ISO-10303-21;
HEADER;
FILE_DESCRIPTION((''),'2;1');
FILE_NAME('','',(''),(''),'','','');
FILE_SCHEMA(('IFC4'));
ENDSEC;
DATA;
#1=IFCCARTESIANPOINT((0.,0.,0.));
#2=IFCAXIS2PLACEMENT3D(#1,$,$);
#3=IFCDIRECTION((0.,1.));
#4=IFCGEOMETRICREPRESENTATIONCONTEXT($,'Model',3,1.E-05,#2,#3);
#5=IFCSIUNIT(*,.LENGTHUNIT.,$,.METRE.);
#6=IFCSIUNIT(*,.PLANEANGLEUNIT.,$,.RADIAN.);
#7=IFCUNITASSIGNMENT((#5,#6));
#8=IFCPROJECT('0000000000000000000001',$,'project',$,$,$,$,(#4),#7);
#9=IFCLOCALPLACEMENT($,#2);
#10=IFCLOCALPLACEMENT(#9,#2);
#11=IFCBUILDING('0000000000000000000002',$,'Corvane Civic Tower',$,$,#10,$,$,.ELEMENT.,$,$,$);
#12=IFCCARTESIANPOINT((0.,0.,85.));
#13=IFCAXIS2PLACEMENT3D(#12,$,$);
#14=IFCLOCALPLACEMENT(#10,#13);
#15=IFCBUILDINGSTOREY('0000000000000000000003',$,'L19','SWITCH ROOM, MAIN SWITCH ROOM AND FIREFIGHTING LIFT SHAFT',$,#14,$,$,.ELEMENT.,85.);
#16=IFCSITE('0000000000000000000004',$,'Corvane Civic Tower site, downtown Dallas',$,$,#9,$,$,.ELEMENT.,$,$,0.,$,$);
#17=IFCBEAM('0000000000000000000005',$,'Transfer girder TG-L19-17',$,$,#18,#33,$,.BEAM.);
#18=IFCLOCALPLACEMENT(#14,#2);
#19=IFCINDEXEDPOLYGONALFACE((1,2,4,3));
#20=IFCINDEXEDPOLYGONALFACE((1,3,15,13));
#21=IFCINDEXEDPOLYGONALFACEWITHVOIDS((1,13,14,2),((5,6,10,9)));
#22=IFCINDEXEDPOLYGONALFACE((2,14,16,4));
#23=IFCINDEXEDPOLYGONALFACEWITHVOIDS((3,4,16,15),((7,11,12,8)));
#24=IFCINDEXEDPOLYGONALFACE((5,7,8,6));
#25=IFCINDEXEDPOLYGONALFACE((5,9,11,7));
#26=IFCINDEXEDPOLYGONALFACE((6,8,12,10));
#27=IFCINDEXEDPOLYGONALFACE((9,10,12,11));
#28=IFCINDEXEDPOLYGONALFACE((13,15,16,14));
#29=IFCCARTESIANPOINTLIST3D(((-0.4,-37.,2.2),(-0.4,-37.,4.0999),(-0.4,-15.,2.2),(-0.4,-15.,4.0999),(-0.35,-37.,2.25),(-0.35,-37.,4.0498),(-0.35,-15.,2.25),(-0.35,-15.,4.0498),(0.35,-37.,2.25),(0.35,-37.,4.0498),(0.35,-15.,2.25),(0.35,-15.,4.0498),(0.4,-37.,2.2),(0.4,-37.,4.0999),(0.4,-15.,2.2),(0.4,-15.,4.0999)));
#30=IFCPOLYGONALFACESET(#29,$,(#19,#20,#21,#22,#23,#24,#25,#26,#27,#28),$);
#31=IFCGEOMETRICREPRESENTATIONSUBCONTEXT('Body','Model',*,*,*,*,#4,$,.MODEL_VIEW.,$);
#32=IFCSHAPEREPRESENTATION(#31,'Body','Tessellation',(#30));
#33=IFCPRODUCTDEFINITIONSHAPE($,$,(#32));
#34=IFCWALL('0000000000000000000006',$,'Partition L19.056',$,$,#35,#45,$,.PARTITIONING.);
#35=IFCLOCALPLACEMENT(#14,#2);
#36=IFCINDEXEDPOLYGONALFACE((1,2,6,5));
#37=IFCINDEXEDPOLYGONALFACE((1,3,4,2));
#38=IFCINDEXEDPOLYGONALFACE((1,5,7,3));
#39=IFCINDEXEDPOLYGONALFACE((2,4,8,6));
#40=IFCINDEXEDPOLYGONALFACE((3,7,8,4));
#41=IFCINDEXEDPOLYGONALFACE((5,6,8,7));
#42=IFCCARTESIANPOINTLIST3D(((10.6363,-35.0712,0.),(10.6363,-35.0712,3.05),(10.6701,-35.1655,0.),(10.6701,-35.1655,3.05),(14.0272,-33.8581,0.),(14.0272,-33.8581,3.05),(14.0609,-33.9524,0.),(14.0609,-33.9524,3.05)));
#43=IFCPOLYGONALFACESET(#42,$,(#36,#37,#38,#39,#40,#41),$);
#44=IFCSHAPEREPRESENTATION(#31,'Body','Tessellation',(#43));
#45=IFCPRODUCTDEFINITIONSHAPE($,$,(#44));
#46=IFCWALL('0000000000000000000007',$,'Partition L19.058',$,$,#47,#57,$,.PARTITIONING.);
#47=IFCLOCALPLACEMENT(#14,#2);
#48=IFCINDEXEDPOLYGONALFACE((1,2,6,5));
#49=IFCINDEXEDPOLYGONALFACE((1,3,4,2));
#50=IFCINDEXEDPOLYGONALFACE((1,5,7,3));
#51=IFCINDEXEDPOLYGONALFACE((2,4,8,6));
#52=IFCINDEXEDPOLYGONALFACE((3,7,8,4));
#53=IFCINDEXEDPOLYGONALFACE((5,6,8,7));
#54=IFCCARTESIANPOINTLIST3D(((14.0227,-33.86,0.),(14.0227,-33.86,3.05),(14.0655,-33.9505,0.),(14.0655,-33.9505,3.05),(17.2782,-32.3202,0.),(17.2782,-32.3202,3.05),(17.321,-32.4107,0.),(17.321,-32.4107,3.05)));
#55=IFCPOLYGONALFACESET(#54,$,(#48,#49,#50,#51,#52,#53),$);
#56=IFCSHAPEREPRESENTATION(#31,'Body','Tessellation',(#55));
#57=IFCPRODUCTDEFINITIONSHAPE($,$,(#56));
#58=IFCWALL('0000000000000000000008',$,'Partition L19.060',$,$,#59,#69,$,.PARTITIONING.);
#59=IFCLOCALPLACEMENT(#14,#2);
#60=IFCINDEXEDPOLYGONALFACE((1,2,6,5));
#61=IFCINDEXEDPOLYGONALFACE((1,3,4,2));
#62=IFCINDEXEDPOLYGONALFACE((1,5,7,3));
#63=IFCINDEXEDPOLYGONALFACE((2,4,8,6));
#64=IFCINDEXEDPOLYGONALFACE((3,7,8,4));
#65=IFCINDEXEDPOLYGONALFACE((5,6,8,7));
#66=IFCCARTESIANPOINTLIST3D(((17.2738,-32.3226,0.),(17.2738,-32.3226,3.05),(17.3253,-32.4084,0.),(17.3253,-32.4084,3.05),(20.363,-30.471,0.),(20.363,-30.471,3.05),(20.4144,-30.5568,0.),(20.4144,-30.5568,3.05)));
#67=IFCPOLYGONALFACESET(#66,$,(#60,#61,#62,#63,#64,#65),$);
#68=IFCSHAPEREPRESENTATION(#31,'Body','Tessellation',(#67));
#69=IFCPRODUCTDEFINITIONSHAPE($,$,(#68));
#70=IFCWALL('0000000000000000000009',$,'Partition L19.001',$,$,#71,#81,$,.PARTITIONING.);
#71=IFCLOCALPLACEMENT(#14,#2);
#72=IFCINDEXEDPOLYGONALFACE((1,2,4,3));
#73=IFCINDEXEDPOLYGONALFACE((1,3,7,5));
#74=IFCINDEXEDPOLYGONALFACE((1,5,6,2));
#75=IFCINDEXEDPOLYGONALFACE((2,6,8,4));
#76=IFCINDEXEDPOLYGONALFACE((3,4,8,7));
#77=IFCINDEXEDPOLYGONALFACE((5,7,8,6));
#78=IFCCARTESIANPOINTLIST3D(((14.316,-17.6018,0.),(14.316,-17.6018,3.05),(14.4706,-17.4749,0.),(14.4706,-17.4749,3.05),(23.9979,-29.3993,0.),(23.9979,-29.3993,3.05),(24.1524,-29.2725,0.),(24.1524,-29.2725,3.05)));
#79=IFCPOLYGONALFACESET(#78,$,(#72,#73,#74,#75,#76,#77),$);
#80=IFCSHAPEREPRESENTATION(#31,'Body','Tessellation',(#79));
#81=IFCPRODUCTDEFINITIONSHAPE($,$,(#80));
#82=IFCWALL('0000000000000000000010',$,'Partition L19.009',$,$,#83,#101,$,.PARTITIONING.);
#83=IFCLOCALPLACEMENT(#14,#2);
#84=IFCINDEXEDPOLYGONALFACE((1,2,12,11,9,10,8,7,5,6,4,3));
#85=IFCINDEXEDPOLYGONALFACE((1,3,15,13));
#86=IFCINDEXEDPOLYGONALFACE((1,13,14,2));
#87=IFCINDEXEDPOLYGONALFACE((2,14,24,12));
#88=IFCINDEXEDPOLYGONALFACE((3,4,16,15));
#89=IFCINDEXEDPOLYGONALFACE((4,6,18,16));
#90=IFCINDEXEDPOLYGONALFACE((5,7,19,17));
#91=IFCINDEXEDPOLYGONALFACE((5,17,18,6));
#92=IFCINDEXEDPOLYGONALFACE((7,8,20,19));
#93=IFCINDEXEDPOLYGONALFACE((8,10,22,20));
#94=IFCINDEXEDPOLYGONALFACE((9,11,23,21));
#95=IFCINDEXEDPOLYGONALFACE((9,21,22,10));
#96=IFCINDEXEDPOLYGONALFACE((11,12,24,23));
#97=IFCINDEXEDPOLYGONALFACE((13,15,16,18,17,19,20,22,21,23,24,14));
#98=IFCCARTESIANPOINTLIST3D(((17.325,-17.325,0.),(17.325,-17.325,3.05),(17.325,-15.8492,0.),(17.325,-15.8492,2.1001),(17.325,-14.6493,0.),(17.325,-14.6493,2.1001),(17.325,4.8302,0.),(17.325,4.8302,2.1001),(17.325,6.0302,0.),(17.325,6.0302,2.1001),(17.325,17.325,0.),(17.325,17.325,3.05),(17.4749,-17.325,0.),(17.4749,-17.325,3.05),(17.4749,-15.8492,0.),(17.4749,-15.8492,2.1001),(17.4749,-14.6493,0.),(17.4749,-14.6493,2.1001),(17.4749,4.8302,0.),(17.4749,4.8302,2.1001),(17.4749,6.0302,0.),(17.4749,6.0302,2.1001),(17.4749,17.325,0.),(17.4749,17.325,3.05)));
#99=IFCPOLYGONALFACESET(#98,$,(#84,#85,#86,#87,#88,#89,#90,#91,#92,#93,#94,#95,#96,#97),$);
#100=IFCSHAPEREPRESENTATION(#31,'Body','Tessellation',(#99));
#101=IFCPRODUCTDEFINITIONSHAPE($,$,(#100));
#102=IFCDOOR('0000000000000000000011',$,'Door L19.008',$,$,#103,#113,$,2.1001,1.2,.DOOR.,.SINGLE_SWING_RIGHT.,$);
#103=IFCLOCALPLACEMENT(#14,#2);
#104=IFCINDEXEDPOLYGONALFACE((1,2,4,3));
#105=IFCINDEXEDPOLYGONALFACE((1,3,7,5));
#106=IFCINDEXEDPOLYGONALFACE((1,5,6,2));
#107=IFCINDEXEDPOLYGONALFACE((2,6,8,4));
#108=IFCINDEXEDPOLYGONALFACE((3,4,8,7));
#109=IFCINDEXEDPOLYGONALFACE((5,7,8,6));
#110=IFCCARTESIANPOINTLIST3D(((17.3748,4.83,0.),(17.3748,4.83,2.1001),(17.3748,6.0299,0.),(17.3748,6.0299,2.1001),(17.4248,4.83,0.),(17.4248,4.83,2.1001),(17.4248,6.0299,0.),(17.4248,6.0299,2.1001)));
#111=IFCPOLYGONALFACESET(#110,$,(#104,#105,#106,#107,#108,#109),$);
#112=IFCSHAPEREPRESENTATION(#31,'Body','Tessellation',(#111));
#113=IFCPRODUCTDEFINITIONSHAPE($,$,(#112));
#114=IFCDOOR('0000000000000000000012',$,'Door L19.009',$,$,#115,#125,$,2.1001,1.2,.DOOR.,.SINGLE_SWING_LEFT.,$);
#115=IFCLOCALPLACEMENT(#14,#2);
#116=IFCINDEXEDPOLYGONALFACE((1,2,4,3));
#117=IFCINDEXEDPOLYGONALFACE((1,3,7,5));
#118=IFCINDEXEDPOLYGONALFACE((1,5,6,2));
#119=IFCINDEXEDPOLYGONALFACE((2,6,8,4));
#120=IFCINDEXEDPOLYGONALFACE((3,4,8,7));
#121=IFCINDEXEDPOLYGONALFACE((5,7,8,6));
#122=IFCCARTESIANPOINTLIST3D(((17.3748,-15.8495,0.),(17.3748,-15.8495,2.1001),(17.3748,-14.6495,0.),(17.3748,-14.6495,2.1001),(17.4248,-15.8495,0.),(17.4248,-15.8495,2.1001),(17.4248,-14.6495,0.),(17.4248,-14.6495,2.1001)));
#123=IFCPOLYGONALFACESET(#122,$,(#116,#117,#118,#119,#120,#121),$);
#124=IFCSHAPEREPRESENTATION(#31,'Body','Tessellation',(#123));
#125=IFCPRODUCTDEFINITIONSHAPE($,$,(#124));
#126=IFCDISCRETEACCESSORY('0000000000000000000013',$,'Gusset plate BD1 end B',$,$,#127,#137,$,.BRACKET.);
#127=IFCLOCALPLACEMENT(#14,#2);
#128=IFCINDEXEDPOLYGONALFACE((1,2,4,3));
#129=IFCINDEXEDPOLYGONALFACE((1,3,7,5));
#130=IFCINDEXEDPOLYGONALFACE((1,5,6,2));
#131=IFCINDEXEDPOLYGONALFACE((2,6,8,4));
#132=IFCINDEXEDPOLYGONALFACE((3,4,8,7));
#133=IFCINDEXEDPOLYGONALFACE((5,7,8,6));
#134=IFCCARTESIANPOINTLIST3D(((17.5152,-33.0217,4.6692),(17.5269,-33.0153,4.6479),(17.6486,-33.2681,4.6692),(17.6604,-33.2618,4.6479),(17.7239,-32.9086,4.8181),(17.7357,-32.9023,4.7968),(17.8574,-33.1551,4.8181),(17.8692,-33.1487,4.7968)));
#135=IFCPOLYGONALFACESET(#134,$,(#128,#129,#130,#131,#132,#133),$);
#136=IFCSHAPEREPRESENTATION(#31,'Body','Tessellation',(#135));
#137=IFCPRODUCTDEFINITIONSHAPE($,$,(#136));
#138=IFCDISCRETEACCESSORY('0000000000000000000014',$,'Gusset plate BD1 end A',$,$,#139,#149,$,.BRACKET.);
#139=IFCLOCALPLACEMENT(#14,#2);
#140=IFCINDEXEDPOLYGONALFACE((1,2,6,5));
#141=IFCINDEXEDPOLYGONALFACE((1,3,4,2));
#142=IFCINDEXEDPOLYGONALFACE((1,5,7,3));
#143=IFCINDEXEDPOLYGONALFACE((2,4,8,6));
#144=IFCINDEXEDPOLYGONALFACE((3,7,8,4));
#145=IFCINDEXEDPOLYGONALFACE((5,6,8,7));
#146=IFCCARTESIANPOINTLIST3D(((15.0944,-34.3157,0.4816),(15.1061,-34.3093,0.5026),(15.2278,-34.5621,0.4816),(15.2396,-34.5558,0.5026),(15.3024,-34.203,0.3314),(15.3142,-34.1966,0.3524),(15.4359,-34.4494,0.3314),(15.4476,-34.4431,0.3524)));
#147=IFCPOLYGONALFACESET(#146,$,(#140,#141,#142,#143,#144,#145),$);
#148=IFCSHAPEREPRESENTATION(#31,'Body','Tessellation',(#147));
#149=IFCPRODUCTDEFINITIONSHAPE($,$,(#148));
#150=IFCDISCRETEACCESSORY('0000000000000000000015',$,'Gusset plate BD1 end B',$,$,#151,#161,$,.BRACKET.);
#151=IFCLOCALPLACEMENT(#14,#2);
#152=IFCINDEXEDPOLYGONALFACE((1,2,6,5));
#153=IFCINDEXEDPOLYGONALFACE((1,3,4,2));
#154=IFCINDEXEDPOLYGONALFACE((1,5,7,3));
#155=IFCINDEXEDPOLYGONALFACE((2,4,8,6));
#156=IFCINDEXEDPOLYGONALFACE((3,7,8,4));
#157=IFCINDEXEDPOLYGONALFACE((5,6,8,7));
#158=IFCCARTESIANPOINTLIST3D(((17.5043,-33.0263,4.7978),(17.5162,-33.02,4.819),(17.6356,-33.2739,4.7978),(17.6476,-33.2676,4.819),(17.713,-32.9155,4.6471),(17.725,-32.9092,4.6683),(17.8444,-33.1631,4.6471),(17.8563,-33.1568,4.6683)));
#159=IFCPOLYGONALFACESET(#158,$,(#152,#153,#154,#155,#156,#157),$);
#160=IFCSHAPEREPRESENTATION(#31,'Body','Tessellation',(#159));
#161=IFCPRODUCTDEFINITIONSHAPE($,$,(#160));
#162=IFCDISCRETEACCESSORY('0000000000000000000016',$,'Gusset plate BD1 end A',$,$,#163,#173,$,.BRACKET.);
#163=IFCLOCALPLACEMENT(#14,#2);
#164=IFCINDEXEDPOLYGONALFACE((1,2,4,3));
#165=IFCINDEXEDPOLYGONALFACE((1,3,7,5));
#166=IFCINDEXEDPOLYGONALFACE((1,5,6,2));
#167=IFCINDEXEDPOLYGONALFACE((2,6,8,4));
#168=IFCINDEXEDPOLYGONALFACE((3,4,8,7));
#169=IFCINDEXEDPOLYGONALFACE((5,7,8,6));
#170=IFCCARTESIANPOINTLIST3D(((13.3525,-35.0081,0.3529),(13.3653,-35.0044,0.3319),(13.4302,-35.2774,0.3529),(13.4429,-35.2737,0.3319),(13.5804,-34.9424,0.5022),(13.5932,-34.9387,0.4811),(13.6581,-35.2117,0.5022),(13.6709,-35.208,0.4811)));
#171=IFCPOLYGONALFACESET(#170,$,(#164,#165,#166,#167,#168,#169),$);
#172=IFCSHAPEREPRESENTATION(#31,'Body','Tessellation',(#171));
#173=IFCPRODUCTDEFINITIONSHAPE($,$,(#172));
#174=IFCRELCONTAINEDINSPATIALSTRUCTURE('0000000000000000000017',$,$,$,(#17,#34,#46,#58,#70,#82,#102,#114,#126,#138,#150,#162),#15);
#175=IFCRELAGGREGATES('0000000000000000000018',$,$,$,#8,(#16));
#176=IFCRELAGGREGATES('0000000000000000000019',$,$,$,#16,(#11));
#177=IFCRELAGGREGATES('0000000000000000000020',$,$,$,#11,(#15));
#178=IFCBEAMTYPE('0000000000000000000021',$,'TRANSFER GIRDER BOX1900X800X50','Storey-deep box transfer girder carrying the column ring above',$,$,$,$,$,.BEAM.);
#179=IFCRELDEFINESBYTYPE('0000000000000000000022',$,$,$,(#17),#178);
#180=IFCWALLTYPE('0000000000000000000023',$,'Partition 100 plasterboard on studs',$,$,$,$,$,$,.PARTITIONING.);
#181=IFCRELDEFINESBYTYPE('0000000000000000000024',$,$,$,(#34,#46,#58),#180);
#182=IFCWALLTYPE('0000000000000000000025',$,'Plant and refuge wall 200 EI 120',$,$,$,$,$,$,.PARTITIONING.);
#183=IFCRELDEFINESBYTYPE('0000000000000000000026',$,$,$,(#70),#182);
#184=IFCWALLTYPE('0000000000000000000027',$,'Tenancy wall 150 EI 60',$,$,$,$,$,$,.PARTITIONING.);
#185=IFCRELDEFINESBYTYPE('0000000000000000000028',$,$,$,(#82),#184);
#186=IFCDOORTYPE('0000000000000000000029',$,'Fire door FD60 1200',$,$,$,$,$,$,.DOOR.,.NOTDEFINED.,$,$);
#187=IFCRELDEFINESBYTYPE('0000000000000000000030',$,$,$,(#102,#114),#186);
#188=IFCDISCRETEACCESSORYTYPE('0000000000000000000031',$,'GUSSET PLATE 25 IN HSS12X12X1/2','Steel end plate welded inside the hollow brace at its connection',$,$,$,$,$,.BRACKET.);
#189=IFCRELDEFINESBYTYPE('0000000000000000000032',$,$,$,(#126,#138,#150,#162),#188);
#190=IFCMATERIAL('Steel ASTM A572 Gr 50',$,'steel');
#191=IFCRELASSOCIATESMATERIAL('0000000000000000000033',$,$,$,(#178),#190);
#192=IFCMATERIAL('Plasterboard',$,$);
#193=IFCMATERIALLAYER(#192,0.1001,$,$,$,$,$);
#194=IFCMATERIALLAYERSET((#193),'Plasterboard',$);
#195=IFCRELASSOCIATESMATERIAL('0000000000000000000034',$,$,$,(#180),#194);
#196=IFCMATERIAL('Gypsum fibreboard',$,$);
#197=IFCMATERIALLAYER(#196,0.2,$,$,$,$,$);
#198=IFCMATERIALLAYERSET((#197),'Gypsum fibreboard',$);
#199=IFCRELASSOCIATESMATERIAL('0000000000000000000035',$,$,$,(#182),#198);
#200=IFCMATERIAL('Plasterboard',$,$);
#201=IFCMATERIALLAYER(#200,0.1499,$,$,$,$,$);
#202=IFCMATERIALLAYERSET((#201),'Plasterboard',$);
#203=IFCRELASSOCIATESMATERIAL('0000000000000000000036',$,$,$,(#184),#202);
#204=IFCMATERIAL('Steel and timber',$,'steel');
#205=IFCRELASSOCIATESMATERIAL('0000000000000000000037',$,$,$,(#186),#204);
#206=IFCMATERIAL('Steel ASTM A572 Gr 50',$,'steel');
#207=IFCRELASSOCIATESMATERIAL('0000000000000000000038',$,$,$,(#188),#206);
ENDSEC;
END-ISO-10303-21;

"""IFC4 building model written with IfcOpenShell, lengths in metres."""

from ifc_helpers import new_model, si_unit, direction, frame, frame_2d, origin, origin_2d, place, context, subcontext, project, spatial, rectangle, hollow_rectangle, extrude, material, layer, layer_set, material_profile, profile_set, type_object, element, fill, save


model = new_model("IFC4")

# Units and contexts
model_context = context("Model", 3, precision=1e-05, world=origin(), true_north=direction((0.0, 1.0)))
body_context = subcontext(model_context, "Body", "Model", "MODEL_VIEW")
ifc_project = project(units=[si_unit("LENGTHUNIT", "METRE"), si_unit("PLANEANGLEUNIT", "RADIAN")], contexts=[model_context])

# Site, building, storey
site_placement = place(None, origin())
site = spatial("IfcSite", under=ifc_project, at=site_placement, Name="Corvane Civic Tower site, downtown Dallas", CompositionType="ELEMENT", RefElevation=0.0)
building_placement = place(site_placement, origin())
building = spatial("IfcBuilding", under=site, at=building_placement, Name="Corvane Civic Tower", CompositionType="ELEMENT")
storey_placement = place(building_placement, frame((0.0, 0.0, 85.0)))
storey = spatial("IfcBuildingStorey", under=building, at=storey_placement, Name="L19", Description="SWITCH ROOM, MAIN SWITCH ROOM AND FIREFIGHTING LIFT SHAFT", CompositionType="ELEMENT", Elevation=85.0)

# Beam
ifc_material_1 = material(Name="Steel ASTM A572 Gr 50", Category="steel")
ifc_material_profile_1 = material_profile(ifc_material_1, hollow_rectangle(XDim=0.8, YDim=1.8999, WallThickness=0.05, at=origin_2d()), Name="BOX1900X800X50")
ifc_profile_set_1 = profile_set([ifc_material_profile_1], Name="Steel ASTM A572 Gr 50")
beam_type_1 = type_object("IfcBeamType", Name="TRANSFER GIRDER BOX1900X800X50", Description="Storey-deep box transfer girder carrying the column ring above", PredefinedType="BEAM", material=ifc_profile_set_1)
beam_1_placement = place(storey_placement, frame((0.0, -15.0, 3.1499), z_axis=(0.0, -1.0, 0.0), x_axis=(1.0, 0.0, 0.0)))
element("IfcBeam", 1, at=beam_1_placement, inside=storey, type_object=beam_type_1, Name="Transfer girder TG-L19-17", PredefinedType="BEAM", context=body_context, shape_type="SweptSolid", body=[
    extrude(hollow_rectangle(XDim=0.8, YDim=1.8999, WallThickness=0.05, at=origin_2d()), origin(), (0.0, 0.0, 1.0), 22.0),
])

# Walls
ifc_material_2 = material(Name="Plasterboard")
ifc_layer_1 = layer(ifc_material_2, 0.1001)
ifc_layer_set_1 = layer_set([ifc_layer_1], Name="Plasterboard")
wall_type_1 = type_object("IfcWallType", Name="Partition 100 plasterboard on studs", PredefinedType="PARTITIONING", material=ifc_layer_set_1)
for number, where, z_axis, x_axis, name in (
    (2, (10.6531, -35.1184, 0.0), (0.0, 0.0, 1.0), (0.941556, 0.336856, 0.0), "Partition L19.056"),
    (3, (14.0439, -33.9053, 0.0), (0.0, 0.0, 1.0), (0.903989, 0.427556, 0.0), "Partition L19.058"),
):
    element("IfcWall", number, at=place(storey_placement, frame(where, z_axis=z_axis, x_axis=x_axis)), inside=storey, type_object=wall_type_1, Name=name, PredefinedType="PARTITIONING", context=body_context, shape_type="SweptSolid", body=[
        extrude(rectangle(XDim=3.6013, YDim=0.1001, at=frame_2d((1.8008, 0.0))), origin(), (0.0, 0.0, 1.0), 3.05),
    ])
wall_1_placement = place(storey_placement, frame((17.2996, -32.3655, 0.0), z_axis=(0.0, 0.0, 1.0), x_axis=(0.857726, 0.514107, 0.0)))
element("IfcWall", 4, at=wall_1_placement, inside=storey, type_object=wall_type_1, Name="Partition L19.060", PredefinedType="PARTITIONING", context=body_context, shape_type="SweptSolid", body=[
    extrude(rectangle(XDim=3.6016, YDim=0.1001, at=frame_2d((1.8008, 0.0))), origin(), (0.0, 0.0, 1.0), 3.05),
])
ifc_material_3 = material(Name="Gypsum fibreboard")
ifc_layer_2 = layer(ifc_material_3, 0.2)
ifc_layer_set_2 = layer_set([ifc_layer_2], Name="Gypsum fibreboard")
wall_type_2 = type_object("IfcWallType", Name="Plant and refuge wall 200 EI 120", PredefinedType="PARTITIONING", material=ifc_layer_set_2)
wall_2_placement = place(storey_placement, frame((14.3933, -17.5383, 0.0), z_axis=(0.0, 0.0, 1.0), x_axis=(0.634387, -0.773016, 0.0)))
element("IfcWall", 5, at=wall_2_placement, inside=storey, type_object=wall_type_2, Name="Partition L19.001", PredefinedType="PARTITIONING", context=body_context, shape_type="SweptSolid", body=[
    extrude(rectangle(XDim=15.2617, YDim=0.2, at=frame_2d((7.6309, 0.0))), origin(), (0.0, 0.0, 1.0), 3.05),
])

# Wall, openings, doors
ifc_material_4 = material(Name="Plasterboard")
ifc_layer_3 = layer(ifc_material_4, 0.1499)
ifc_layer_set_3 = layer_set([ifc_layer_3], Name="Plasterboard")
wall_type_3 = type_object("IfcWallType", Name="Tenancy wall 150 EI 60", PredefinedType="PARTITIONING", material=ifc_layer_set_3)
wall_3_placement = place(storey_placement, frame((17.3999, -17.325, 0.0), z_axis=(0.0, 0.0, 1.0), x_axis=(0.0, 1.0, 0.0)))
wall_3 = element("IfcWall", 6, at=wall_3_placement, inside=storey, type_object=wall_type_3, Name="Partition L19.009", PredefinedType="PARTITIONING", context=body_context, shape_type="SweptSolid", body=[
    extrude(rectangle(XDim=34.6499, YDim=0.1499, at=frame_2d((17.325, 0.0))), origin(), (0.0, 0.0, 1.0), 3.05),
])
opening_1_placement = place(wall_3_placement, frame((22.155, 0.0, 0.0)))
opening_1 = element("IfcOpeningElement", 7, at=opening_1_placement, cuts=wall_3, PredefinedType="OPENING", context=body_context, shape_type="SweptSolid", body=[
    extrude(rectangle(XDim=1.2, YDim=2.1001, at=frame_2d((0.6001, 1.05))), frame((0.0, 0.085, 0.0), z_axis=(0.0, -1.0, 0.0), x_axis=(1.0, 0.0, 0.0)), (0.0, 0.0, 1.0), 0.1699),
])
opening_2_placement = place(wall_3_placement, frame((1.4756, 0.0, 0.0)))
opening_2 = element("IfcOpeningElement", 8, at=opening_2_placement, cuts=wall_3, PredefinedType="OPENING", context=body_context, shape_type="SweptSolid", body=[
    extrude(rectangle(XDim=1.2, YDim=2.1001, at=frame_2d((0.6001, 1.05))), frame((0.0, 0.085, 0.0), z_axis=(0.0, -1.0, 0.0), x_axis=(1.0, 0.0, 0.0)), (0.0, 0.0, 1.0), 0.1699),
])
ifc_material_5 = material(Name="Steel and timber", Category="steel")
door_type = type_object("IfcDoorType", Name="Fire door FD60 1200", OperationType="NOTDEFINED", PredefinedType="DOOR", material=ifc_material_5)
door_1_placement = place(opening_1_placement, frame((1.2, 0.0, 0.0), z_axis=(0.0, 0.0, 1.0), x_axis=(-1.0, 0.0, 0.0)))
door_1 = element("IfcDoor", 9, at=door_1_placement, inside=storey, type_object=door_type, Name="Door L19.008", OperationType="SINGLE_SWING_RIGHT", OverallHeight=2.1001, OverallWidth=1.2, PredefinedType="DOOR", context=body_context, shape_type="SweptSolid", body=[
    extrude(rectangle(XDim=1.2, YDim=2.1001, at=frame_2d((0.6001, 1.05))), frame((0.0, 0.0249, 0.0), z_axis=(0.0, -1.0, 0.0), x_axis=(1.0, 0.0, 0.0)), (0.0, 0.0, 1.0), 0.05),
])
fill(opening_1, door_1)
door_2_placement = place(opening_2_placement, frame((1.2, 0.0, 0.0), z_axis=(0.0, 0.0, 1.0), x_axis=(-1.0, 0.0, 0.0)))
door_2 = element("IfcDoor", 10, at=door_2_placement, inside=storey, type_object=door_type, Name="Door L19.009", OperationType="SINGLE_SWING_LEFT", OverallHeight=2.1001, OverallWidth=1.2, PredefinedType="DOOR", context=body_context, shape_type="SweptSolid", body=[
    extrude(rectangle(XDim=1.2, YDim=2.1001, at=frame_2d((0.6001, 1.05))), frame((0.0, 0.0249, 0.0), z_axis=(0.0, -1.0, 0.0), x_axis=(1.0, 0.0, 0.0)), (0.0, 0.0, 1.0), 0.05),
])
fill(opening_2, door_2)

# Discrete accessories
ifc_material_6 = material(Name="Steel ASTM A572 Gr 50", Category="steel")
ifc_material_profile_2 = material_profile(ifc_material_6, rectangle(XDim=0.2803, YDim=0.2803, at=origin_2d()), Name="GUSSET PLATE 25 IN HSS12X12X1/2")
ifc_profile_set_2 = profile_set([ifc_material_profile_2], Name="Steel ASTM A572 Gr 50")
discrete_accessory_type = type_object("IfcDiscreteAccessoryType", Name="GUSSET PLATE 25 IN HSS12X12X1/2", Description="Steel end plate welded inside the hollow brace at its connection", PredefinedType="BRACKET", material=ifc_profile_set_2)
discrete_accessory_1_placement = place(storey_placement, frame((17.6863, -33.0884, 4.7437), z_axis=(0.467343, 0.253144, -0.847059), x_axis=(-0.476283, 0.879292, 0.0)))
element("IfcDiscreteAccessory", 11, at=discrete_accessory_1_placement, inside=storey, type_object=discrete_accessory_type, Name="Gusset plate BD1 end B", PredefinedType="BRACKET", context=body_context, shape_type="SweptSolid", body=[
    extrude(rectangle(XDim=0.2803, YDim=0.2803, at=origin_2d()), origin(), (0.0, 0.0, 1.0), 0.0251),
])
discrete_accessory_2_placement = place(storey_placement, frame((15.2651, -34.3826, 0.4065), z_axis=(0.471223, 0.255246, 0.844274), x_axis=(-0.476283, 0.879292, 0.0)))
element("IfcDiscreteAccessory", 12, at=discrete_accessory_2_placement, inside=storey, type_object=discrete_accessory_type, Name="Gusset plate BD1 end A", PredefinedType="BRACKET", context=body_context, shape_type="SweptSolid", body=[
    extrude(rectangle(XDim=0.2803, YDim=0.2803, at=origin_2d()), origin(), (0.0, 0.0, 1.0), 0.0249),
])
discrete_accessory_3_placement = place(storey_placement, frame((17.6863, -33.0884, 4.7437), z_axis=(-0.474901, -0.251988, -0.843191), x_axis=(0.468716, -0.883349, 0.0)))
element("IfcDiscreteAccessory", 13, at=discrete_accessory_3_placement, inside=storey, type_object=discrete_accessory_type, Name="Gusset plate BD1 end B", PredefinedType="BRACKET", context=body_context, shape_type="SweptSolid", body=[
    extrude(rectangle(XDim=0.2803, YDim=0.2803, at=origin_2d()), origin(), (0.0, 0.0, 1.0), 0.0251),
])
discrete_accessory_4_placement = place(storey_placement, frame((13.5181, -35.1062, 0.4065), z_axis=(-0.511751, -0.14762, 0.846357), x_axis=(0.277161, -0.960824, 0.0)))
element("IfcDiscreteAccessory", 14, at=discrete_accessory_4_placement, inside=storey, type_object=discrete_accessory_type, Name="Gusset plate BD1 end A", PredefinedType="BRACKET", context=body_context, shape_type="SweptSolid", body=[
    extrude(rectangle(XDim=0.2803, YDim=0.2803, at=origin_2d()), origin(), (0.0, 0.0, 1.0), 0.0249),
])

save(model, "model.ifc")
